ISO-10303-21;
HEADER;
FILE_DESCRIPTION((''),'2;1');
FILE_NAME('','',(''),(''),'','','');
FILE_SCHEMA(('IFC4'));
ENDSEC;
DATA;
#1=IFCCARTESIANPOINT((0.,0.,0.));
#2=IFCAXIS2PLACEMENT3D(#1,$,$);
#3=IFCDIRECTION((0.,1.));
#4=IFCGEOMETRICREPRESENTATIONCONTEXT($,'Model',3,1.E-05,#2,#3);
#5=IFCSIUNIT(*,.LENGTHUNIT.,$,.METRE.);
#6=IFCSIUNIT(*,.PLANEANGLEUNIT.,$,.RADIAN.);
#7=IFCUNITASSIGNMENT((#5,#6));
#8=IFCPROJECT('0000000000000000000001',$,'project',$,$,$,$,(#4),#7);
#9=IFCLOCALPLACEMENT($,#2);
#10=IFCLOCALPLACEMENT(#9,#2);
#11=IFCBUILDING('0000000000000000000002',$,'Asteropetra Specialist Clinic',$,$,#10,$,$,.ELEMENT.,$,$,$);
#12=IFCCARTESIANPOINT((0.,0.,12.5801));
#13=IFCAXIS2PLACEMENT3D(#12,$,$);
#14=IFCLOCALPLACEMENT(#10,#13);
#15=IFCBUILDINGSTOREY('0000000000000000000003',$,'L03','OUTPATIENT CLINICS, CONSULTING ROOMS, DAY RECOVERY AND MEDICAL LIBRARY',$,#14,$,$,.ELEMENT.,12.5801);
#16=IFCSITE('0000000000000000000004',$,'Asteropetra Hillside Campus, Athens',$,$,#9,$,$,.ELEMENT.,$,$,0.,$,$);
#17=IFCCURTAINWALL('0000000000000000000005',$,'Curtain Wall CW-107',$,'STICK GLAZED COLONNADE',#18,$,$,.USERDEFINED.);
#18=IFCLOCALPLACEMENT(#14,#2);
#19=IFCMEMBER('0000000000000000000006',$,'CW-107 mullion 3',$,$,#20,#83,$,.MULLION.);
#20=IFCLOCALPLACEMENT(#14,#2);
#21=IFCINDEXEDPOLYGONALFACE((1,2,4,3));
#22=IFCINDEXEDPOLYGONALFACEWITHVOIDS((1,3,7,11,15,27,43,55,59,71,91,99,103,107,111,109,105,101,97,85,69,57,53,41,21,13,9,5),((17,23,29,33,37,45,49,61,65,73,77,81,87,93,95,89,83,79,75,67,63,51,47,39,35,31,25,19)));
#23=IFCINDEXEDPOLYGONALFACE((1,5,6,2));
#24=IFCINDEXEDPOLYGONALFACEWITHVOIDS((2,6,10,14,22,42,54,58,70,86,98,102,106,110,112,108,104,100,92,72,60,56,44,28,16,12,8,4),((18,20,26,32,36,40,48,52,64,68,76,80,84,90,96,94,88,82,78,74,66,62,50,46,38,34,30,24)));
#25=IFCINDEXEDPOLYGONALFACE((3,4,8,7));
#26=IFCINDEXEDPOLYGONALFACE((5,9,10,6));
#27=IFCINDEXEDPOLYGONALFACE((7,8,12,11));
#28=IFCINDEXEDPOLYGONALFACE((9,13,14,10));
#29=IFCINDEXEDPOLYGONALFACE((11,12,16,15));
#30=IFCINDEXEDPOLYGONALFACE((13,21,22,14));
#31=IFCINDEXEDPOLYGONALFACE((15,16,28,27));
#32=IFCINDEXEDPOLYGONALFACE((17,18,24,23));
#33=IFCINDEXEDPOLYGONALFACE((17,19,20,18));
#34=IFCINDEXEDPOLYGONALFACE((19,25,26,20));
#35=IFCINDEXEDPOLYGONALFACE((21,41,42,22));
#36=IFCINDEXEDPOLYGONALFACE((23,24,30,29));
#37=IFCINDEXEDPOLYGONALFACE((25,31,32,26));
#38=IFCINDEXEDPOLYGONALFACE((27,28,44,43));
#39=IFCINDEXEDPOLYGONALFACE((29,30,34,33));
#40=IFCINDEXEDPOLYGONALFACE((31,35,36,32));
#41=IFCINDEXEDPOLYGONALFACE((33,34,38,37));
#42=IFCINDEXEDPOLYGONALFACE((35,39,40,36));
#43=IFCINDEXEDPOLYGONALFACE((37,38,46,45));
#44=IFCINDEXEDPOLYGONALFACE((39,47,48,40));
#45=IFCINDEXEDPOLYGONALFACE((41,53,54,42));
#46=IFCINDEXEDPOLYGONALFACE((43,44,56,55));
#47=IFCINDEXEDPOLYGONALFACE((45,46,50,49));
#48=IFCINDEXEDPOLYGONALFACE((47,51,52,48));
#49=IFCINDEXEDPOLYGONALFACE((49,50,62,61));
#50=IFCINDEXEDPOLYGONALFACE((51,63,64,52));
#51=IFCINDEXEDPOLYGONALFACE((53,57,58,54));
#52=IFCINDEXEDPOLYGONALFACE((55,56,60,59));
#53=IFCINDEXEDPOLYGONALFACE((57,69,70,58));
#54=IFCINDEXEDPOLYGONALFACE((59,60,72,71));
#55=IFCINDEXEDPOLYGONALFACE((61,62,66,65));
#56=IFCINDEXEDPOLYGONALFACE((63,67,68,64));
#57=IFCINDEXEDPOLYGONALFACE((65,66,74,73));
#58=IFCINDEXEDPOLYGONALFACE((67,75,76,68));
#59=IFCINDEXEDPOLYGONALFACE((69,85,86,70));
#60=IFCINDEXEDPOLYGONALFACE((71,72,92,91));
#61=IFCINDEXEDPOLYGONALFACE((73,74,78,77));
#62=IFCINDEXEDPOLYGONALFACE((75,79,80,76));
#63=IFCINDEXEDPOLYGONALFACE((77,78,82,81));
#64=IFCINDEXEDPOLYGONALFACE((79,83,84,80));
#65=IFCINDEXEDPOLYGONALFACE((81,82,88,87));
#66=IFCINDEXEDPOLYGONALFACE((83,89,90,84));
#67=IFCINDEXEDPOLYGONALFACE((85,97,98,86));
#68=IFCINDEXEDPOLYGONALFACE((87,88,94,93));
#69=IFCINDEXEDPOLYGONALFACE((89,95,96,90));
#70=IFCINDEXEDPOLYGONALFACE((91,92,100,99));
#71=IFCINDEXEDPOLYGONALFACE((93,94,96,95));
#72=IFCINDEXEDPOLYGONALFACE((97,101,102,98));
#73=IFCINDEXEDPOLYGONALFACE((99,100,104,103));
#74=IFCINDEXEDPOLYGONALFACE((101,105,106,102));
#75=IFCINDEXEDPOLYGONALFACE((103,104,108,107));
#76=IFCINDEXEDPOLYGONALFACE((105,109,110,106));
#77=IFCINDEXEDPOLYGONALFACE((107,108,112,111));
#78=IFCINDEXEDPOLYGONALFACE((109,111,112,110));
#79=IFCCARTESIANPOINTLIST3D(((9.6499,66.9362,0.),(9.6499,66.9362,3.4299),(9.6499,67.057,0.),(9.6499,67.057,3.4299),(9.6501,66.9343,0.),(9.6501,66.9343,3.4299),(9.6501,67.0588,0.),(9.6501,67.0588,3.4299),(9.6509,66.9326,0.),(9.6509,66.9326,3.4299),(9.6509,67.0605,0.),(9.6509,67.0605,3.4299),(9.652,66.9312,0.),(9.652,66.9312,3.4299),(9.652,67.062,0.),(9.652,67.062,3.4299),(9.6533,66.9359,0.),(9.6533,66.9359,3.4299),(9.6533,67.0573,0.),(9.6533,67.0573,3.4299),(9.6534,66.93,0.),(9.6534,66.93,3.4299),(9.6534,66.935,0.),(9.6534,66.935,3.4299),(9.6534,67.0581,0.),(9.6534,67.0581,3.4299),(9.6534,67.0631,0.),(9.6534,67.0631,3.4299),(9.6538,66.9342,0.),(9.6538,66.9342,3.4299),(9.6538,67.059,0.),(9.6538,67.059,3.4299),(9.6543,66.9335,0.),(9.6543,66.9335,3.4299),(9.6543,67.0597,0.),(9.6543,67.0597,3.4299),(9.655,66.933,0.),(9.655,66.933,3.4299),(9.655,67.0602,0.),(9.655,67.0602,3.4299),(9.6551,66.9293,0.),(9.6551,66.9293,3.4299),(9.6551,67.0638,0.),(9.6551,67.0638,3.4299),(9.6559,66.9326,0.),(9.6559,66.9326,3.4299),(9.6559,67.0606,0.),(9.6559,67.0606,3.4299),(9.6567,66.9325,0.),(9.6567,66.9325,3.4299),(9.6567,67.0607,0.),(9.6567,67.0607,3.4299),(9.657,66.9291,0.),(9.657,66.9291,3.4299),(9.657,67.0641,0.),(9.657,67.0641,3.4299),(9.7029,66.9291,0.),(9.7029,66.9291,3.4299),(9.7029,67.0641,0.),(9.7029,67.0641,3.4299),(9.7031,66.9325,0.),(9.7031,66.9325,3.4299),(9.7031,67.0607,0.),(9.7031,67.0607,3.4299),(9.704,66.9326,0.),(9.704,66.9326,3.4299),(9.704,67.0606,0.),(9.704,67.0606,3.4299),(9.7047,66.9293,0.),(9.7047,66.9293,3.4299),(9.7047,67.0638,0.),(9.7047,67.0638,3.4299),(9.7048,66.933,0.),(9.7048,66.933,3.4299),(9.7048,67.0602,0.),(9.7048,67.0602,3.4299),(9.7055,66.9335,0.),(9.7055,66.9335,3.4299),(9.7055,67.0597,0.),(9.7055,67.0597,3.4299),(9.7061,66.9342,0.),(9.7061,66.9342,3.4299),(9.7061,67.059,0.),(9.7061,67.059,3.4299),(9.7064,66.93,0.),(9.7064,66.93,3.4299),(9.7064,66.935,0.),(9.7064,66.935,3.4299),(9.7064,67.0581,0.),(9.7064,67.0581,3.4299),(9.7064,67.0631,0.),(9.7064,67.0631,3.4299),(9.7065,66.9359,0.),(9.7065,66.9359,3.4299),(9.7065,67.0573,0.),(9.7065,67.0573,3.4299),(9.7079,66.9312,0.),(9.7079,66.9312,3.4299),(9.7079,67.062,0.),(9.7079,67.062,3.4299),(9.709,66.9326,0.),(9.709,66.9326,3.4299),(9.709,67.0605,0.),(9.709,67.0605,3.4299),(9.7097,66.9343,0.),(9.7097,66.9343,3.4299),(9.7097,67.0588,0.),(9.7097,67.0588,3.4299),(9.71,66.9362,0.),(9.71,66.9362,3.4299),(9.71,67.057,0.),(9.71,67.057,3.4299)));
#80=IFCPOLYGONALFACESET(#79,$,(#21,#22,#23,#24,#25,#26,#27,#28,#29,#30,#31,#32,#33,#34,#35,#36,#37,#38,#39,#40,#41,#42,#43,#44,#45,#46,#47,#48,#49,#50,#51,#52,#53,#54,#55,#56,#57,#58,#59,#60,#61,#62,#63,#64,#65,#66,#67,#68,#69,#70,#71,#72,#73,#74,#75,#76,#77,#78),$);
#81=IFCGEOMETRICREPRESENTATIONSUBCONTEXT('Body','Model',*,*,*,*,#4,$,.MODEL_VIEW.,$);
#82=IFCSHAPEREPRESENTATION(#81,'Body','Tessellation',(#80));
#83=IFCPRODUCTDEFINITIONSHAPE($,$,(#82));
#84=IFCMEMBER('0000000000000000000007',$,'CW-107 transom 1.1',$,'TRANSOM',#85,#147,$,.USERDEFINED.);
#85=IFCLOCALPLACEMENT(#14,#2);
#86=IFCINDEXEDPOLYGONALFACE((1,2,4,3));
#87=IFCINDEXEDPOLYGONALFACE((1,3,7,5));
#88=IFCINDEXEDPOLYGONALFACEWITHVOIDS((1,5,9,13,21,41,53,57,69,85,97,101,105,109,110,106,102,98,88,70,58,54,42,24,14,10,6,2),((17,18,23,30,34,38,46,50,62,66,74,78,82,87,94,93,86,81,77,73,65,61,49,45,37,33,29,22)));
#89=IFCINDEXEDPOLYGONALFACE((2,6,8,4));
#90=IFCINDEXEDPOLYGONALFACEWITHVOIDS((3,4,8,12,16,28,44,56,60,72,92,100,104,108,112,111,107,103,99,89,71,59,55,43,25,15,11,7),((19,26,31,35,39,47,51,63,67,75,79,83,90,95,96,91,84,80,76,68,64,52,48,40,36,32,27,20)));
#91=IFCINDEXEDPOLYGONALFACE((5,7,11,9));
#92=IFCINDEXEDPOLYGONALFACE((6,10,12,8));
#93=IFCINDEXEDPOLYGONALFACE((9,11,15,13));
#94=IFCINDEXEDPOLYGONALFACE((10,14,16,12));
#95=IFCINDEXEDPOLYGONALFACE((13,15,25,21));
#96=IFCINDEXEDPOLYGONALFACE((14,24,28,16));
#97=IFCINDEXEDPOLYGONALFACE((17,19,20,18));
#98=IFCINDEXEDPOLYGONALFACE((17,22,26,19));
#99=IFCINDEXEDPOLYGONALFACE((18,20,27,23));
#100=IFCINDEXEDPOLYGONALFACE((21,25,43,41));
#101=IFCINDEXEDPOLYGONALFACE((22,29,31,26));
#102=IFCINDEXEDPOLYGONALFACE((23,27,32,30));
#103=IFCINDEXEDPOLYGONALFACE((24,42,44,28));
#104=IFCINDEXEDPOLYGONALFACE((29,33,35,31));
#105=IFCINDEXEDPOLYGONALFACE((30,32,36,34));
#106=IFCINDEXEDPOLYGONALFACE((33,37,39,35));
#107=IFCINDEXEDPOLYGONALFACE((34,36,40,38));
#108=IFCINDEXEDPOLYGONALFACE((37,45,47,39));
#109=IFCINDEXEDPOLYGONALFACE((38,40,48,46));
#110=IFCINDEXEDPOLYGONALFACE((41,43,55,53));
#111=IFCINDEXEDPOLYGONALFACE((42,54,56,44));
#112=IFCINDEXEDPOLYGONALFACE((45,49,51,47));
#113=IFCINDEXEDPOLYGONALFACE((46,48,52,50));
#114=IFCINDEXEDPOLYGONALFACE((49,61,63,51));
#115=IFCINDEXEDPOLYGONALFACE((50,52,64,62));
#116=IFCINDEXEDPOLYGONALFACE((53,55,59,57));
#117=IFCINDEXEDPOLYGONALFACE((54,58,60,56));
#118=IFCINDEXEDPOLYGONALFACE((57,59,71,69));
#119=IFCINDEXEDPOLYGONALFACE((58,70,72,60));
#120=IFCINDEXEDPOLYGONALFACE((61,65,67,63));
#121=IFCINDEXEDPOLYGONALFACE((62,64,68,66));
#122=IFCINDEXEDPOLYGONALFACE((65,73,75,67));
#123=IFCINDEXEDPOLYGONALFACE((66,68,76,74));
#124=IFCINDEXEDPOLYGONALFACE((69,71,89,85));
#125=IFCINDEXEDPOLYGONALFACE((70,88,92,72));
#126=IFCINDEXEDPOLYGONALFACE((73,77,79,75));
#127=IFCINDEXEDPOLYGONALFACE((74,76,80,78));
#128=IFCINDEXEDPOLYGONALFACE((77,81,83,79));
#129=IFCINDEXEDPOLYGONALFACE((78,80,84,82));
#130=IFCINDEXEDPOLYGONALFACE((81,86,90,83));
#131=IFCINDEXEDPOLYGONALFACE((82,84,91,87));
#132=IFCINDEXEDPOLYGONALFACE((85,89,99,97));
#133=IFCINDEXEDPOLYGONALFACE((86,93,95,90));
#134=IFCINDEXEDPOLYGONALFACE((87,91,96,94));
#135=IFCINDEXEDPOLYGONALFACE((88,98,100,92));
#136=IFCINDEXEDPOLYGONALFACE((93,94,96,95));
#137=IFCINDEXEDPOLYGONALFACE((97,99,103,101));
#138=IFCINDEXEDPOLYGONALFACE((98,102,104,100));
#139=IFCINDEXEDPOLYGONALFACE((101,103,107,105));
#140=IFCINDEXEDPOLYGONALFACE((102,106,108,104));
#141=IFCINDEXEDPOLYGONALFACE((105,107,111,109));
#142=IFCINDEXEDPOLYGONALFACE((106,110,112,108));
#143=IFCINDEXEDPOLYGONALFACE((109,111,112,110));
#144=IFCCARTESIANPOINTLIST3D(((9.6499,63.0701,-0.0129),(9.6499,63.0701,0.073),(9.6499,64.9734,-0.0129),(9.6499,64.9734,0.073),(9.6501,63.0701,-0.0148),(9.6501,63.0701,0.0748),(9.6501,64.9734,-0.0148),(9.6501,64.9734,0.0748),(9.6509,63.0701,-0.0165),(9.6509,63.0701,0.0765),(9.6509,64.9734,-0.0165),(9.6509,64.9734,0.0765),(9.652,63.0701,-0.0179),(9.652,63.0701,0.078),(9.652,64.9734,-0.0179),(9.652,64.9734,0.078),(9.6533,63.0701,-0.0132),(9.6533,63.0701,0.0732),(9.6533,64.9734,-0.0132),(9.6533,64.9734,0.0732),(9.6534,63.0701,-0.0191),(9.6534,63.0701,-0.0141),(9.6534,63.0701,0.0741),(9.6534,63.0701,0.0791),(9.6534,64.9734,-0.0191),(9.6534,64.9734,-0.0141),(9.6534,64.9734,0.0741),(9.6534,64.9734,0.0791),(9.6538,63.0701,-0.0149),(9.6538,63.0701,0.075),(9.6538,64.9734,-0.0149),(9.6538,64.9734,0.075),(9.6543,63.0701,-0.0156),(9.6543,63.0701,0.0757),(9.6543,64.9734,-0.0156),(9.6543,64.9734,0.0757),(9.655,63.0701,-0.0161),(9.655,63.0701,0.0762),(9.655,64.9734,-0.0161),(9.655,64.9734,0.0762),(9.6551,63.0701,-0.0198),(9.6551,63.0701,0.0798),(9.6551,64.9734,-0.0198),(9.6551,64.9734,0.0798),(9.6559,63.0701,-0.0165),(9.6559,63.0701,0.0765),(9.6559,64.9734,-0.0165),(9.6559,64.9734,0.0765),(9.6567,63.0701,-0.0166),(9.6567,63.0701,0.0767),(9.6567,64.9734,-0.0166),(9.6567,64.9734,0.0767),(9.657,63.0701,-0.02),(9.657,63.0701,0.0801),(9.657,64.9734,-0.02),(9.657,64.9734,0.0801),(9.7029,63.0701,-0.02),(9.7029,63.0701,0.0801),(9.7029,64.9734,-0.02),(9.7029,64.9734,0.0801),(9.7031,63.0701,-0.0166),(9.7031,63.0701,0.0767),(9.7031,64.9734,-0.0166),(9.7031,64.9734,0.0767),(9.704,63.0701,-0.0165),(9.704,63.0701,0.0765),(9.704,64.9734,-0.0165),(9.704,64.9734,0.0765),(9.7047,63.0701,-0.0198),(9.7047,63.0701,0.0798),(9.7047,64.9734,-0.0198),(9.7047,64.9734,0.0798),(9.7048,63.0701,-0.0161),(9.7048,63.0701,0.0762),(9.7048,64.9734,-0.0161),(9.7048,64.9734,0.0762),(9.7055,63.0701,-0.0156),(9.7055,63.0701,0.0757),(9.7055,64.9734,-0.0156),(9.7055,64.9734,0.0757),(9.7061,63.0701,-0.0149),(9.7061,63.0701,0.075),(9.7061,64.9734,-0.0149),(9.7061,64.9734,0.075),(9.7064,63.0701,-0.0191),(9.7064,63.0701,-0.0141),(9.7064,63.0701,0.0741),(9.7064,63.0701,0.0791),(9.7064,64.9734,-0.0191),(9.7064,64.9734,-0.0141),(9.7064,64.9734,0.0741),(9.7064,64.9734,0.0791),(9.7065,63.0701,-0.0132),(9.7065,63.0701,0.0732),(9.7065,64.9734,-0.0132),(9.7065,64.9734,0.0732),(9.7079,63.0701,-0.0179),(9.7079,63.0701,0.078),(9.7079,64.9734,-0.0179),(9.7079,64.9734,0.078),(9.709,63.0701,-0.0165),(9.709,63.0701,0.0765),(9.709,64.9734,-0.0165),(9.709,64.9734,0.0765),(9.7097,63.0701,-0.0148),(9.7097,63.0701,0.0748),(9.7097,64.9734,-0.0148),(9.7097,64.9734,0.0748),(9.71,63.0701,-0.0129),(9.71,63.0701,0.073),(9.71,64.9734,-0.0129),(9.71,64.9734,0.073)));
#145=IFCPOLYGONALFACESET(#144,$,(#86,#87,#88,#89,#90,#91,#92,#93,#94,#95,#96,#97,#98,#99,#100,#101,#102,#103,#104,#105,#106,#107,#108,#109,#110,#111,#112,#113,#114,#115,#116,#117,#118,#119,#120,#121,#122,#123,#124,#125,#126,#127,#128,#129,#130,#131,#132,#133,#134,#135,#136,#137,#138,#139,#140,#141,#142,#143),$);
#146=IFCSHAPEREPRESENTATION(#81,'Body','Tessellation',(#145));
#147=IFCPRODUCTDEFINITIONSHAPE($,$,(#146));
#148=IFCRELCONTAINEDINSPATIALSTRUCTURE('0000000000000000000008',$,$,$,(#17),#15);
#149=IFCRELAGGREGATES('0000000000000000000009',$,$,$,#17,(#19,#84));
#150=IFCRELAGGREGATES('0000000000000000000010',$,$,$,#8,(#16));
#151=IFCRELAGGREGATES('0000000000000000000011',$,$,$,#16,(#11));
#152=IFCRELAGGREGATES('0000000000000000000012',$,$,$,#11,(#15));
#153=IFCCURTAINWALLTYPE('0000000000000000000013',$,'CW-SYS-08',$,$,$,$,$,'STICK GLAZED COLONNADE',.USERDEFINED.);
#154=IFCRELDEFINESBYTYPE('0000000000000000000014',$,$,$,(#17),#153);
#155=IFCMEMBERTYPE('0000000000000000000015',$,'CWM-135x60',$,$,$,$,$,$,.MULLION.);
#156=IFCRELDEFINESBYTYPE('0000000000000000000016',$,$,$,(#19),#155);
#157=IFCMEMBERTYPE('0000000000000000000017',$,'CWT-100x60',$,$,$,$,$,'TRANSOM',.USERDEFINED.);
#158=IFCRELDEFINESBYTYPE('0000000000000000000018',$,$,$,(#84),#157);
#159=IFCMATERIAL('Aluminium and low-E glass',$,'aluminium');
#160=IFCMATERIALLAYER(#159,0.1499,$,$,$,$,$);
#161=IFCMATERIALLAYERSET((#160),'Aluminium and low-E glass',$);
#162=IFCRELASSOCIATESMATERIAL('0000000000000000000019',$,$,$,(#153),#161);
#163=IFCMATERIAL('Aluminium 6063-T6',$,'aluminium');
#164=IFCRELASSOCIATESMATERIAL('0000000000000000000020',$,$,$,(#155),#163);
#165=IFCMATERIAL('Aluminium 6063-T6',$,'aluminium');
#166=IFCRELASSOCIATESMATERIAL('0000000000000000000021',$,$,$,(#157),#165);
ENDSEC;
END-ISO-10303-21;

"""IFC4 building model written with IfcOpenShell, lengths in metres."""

from ifc_helpers import new_model, si_unit, direction, frame, origin, origin_2d, place, context, subcontext, project, spatial, hollow_rectangle, extrude, material, layer, layer_set, material_profile, profile_set, type_object, element, aggregate, save


model = new_model("IFC4")

# Units and contexts
model_context = context("Model", 3, precision=1e-05, world=origin(), true_north=direction((0.0, 1.0)))
body_context = subcontext(model_context, "Body", "Model", "MODEL_VIEW")
ifc_project = project(units=[si_unit("LENGTHUNIT", "METRE"), si_unit("PLANEANGLEUNIT", "RADIAN")], contexts=[model_context])

# Site, building, storey
site_placement = place(None, origin())
site = spatial("IfcSite", under=ifc_project, at=site_placement, Name="Asteropetra Hillside Campus, Athens", CompositionType="ELEMENT", RefElevation=0.0)
building_placement = place(site_placement, origin())
building = spatial("IfcBuilding", under=site, at=building_placement, Name="Asteropetra Specialist Clinic", CompositionType="ELEMENT")
storey_placement = place(building_placement, frame((0.0, 0.0, 12.5801)))
storey = spatial("IfcBuildingStorey", under=building, at=storey_placement, Name="L03", Description="OUTPATIENT CLINICS, CONSULTING ROOMS, DAY RECOVERY AND MEDICAL LIBRARY", CompositionType="ELEMENT", Elevation=12.5801)

# Curtain wall, members
ifc_material_1 = material(Name="Aluminium and low-E glass", Category="aluminium")
ifc_layer_1 = layer(ifc_material_1, 0.1499)
ifc_layer_set_1 = layer_set([ifc_layer_1], Name="Aluminium and low-E glass")
curtain_wall_type = type_object("IfcCurtainWallType", Name="CW-SYS-08", ElementType="STICK GLAZED COLONNADE", PredefinedType="USERDEFINED", material=ifc_layer_set_1)
curtain_wall_placement = place(storey_placement, origin())
curtain_wall = element("IfcCurtainWall", 1, at=curtain_wall_placement, inside=storey, type_object=curtain_wall_type, Name="Curtain Wall CW-107", ObjectType="STICK GLAZED COLONNADE", PredefinedType="USERDEFINED")
ifc_material_2 = material(Name="Aluminium 6063-T6", Category="aluminium")
ifc_material_profile_1 = material_profile(ifc_material_2, hollow_rectangle(XDim=0.0601, YDim=0.135, WallThickness=0.0034, InnerFilletRadius=0.0034, OuterFilletRadius=0.0071, at=origin_2d()), Name="MUL 135x60x3.5")
ifc_profile_set_1 = profile_set([ifc_material_profile_1], Name="Aluminium 6063-T6")
member_type_1 = type_object("IfcMemberType", Name="CWM-135x60", PredefinedType="MULLION", material=ifc_profile_set_1)
member_1_placement = place(storey_placement, frame((9.6799, 66.9966, 0.0), z_axis=(0.0, 0.0, 1.0), x_axis=(-1.0, 0.0, 0.0)))
member_1 = element("IfcMember", 2, at=member_1_placement, type_object=member_type_1, Name="CW-107 mullion 3", PredefinedType="MULLION", context=body_context, shape_type="SweptSolid", body=[
    extrude(hollow_rectangle(XDim=0.0601, YDim=0.135, WallThickness=0.0034, InnerFilletRadius=0.0034, OuterFilletRadius=0.0071, at=origin_2d()), origin(), (0.0, 0.0, 1.0), 3.4299),
])
ifc_material_3 = material(Name="Aluminium 6063-T6", Category="aluminium")
ifc_material_profile_2 = material_profile(ifc_material_3, hollow_rectangle(XDim=0.0601, YDim=0.1001, WallThickness=0.0034, InnerFilletRadius=0.0034, OuterFilletRadius=0.0071, at=origin_2d()), Name="TRN 100x60x3.5")
ifc_profile_set_2 = profile_set([ifc_material_profile_2], Name="Aluminium 6063-T6")
member_type_2 = type_object("IfcMemberType", Name="CWT-100x60", ElementType="TRANSOM", PredefinedType="USERDEFINED", material=ifc_profile_set_2)
member_2_placement = place(storey_placement, frame((9.6799, 63.0701, 0.03), z_axis=(0.0, 1.0, 0.0), x_axis=(-1.0, 0.0, 0.0)))
member_2 = element("IfcMember", 3, at=member_2_placement, type_object=member_type_2, Name="CW-107 transom 1.1", ObjectType="TRANSOM", PredefinedType="USERDEFINED", context=body_context, shape_type="SweptSolid", body=[
    extrude(hollow_rectangle(XDim=0.0601, YDim=0.1001, WallThickness=0.0034, InnerFilletRadius=0.0034, OuterFilletRadius=0.0071, at=origin_2d()), origin(), (0.0, 0.0, 1.0), 1.9033),
])

aggregate(curtain_wall, [member_1, member_2])

save(model, "model.ifc")
